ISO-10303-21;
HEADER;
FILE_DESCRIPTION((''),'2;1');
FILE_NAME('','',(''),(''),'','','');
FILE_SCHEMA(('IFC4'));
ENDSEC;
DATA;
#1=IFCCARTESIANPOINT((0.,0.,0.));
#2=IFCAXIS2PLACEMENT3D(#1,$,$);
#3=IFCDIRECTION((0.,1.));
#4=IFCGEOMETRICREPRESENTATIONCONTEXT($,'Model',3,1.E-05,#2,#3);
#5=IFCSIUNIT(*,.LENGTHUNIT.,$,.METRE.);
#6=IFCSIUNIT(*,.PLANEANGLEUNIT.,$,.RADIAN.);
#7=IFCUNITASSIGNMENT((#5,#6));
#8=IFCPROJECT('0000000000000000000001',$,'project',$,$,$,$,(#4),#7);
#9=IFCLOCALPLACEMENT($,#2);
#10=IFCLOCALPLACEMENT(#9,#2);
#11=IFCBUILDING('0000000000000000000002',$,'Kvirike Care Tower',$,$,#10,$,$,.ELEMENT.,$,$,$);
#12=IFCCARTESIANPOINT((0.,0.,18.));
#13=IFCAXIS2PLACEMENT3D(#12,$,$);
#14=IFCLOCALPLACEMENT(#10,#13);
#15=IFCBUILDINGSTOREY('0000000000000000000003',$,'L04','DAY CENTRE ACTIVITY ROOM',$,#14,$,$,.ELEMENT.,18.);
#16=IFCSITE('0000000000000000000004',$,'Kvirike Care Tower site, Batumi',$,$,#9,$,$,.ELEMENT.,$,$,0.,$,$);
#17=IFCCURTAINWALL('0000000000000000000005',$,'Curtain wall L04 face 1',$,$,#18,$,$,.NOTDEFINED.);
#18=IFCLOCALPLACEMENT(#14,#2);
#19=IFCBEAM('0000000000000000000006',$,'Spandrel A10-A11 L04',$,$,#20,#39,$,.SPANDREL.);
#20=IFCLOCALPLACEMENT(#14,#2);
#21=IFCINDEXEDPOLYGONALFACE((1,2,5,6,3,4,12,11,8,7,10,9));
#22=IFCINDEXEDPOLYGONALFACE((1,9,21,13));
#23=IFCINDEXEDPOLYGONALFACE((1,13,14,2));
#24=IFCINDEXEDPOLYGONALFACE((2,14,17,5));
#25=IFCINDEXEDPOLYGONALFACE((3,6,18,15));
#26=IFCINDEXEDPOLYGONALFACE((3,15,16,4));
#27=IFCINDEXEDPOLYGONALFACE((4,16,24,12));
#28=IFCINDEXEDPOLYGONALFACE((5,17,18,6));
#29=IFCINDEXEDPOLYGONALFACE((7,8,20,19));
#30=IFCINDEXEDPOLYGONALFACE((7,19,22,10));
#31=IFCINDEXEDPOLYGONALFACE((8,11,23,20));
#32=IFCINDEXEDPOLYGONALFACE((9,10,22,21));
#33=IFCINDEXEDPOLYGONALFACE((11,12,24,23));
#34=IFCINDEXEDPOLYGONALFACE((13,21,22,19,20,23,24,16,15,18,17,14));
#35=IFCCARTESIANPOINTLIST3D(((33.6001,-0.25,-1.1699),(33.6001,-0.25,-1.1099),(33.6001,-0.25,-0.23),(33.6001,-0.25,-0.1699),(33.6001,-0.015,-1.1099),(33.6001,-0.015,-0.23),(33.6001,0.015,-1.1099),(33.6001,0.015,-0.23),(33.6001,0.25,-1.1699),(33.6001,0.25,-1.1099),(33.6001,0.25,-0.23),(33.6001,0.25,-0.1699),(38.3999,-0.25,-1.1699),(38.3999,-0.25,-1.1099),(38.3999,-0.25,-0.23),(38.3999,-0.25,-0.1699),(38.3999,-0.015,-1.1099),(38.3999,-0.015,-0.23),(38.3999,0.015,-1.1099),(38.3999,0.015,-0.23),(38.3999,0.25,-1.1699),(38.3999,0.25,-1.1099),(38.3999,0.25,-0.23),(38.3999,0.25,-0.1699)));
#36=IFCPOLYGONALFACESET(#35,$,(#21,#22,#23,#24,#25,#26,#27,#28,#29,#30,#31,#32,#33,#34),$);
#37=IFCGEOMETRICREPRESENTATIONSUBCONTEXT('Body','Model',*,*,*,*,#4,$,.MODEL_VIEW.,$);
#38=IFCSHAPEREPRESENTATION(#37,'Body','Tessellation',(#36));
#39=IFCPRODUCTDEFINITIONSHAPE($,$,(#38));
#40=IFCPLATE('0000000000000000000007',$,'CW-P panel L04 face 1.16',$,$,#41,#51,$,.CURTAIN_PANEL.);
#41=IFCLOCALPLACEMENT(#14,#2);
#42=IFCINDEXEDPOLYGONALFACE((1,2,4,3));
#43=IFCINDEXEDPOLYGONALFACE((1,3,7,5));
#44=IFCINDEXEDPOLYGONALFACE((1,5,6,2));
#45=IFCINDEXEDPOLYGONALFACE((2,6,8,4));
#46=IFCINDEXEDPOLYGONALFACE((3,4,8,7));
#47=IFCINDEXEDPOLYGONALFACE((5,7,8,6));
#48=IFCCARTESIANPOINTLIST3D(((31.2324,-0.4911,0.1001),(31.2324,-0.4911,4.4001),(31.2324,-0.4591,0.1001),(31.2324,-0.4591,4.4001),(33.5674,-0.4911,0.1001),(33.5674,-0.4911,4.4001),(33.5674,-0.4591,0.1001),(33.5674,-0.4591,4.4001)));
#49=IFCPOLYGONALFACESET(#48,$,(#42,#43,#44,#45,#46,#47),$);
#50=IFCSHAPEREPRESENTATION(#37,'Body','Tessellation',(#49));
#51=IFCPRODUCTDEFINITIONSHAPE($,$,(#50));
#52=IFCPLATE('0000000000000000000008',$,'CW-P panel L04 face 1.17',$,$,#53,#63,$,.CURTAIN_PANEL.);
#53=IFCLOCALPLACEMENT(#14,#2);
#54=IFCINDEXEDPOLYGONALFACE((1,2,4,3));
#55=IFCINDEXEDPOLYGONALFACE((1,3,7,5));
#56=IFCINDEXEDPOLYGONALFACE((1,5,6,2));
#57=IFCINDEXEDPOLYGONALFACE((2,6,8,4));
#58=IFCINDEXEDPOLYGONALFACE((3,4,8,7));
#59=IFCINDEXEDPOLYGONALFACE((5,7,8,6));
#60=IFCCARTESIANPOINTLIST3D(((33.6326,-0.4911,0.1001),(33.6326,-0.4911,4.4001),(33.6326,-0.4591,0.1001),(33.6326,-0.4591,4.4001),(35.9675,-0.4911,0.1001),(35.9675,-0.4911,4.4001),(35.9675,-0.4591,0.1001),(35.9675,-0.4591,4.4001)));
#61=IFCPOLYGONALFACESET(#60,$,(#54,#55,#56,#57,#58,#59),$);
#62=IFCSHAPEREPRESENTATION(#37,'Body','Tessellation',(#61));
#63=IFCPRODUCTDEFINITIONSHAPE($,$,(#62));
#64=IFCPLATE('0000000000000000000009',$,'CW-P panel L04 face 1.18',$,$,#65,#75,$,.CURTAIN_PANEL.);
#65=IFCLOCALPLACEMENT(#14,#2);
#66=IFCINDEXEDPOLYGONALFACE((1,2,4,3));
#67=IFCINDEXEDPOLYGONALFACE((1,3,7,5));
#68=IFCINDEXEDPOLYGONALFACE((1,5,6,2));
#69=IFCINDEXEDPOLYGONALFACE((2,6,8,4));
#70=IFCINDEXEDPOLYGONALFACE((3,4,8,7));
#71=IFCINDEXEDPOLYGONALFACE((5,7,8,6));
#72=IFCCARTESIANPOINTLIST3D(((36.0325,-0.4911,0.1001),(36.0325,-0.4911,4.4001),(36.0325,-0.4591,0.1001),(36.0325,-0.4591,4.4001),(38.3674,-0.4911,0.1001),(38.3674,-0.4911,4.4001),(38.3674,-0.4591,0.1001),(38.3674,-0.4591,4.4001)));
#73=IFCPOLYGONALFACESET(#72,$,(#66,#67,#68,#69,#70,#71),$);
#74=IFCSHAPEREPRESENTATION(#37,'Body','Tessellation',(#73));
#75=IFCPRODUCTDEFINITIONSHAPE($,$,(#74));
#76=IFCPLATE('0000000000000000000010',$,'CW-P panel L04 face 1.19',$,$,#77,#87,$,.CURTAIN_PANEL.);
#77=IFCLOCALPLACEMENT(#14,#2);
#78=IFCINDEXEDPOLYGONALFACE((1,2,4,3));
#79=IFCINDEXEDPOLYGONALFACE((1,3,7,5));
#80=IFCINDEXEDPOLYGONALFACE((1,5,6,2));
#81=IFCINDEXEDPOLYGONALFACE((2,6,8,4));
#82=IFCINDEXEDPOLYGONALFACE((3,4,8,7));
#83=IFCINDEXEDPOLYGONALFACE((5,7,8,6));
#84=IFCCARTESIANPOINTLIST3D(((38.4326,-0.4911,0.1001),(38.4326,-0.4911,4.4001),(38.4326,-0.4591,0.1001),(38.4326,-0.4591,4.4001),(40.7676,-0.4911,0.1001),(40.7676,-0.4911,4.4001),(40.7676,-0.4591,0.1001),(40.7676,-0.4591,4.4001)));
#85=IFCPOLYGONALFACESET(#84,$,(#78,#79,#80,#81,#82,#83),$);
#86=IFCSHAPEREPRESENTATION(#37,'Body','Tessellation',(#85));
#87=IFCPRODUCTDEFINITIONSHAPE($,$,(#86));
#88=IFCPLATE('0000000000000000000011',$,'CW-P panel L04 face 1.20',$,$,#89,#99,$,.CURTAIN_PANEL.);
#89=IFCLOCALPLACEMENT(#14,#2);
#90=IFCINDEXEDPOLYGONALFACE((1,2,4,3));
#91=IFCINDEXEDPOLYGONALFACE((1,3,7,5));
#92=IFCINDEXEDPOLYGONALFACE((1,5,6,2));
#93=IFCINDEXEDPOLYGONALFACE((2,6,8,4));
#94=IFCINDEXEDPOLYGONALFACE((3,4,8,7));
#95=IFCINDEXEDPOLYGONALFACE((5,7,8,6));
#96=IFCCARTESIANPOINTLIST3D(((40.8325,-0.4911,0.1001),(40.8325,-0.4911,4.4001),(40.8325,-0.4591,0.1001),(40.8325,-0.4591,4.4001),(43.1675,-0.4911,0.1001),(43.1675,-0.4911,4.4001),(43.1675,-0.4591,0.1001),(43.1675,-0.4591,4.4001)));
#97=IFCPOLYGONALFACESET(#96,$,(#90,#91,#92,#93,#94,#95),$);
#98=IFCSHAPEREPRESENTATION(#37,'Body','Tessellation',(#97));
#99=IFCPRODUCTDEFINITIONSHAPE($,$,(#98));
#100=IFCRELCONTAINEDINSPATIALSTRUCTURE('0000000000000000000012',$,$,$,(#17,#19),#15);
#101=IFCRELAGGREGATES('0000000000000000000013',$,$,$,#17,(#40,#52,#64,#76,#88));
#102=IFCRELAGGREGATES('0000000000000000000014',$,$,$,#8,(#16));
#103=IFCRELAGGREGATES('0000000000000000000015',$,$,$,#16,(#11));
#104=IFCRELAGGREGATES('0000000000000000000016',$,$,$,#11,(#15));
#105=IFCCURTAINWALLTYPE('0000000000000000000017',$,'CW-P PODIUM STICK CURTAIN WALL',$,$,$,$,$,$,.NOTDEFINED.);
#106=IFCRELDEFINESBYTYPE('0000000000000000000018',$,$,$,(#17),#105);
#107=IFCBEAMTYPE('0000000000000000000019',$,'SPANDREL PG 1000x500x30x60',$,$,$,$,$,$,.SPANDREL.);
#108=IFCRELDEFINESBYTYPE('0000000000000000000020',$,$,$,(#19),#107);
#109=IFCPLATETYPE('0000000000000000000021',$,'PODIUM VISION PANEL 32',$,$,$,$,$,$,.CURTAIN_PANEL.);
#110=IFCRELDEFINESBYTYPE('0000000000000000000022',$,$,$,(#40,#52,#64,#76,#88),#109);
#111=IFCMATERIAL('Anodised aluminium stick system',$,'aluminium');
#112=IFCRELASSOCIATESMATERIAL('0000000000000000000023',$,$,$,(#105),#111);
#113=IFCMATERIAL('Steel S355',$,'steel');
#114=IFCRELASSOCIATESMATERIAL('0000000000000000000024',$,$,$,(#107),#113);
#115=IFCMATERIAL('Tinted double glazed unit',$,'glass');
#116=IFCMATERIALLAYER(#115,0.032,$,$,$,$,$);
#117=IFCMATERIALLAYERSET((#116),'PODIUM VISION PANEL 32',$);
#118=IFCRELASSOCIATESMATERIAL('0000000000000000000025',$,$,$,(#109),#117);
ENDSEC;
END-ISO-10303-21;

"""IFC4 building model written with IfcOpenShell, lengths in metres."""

from ifc_helpers import new_model, si_unit, direction, frame, origin, origin_2d, place, context, subcontext, project, spatial, rectangle, i_section, extrude, material, layer, layer_set, material_profile, profile_set, type_object, element, aggregate, save


model = new_model("IFC4")

# Units and contexts
model_context = context("Model", 3, precision=1e-05, world=origin(), true_north=direction((0.0, 1.0)))
body_context = subcontext(model_context, "Body", "Model", "MODEL_VIEW")
ifc_project = project(units=[si_unit("LENGTHUNIT", "METRE"), si_unit("PLANEANGLEUNIT", "RADIAN")], contexts=[model_context])

# Site, building, storey
site_placement = place(None, origin())
site = spatial("IfcSite", under=ifc_project, at=site_placement, Name="Kvirike Care Tower site, Batumi", CompositionType="ELEMENT", RefElevation=0.0)
building_placement = place(site_placement, origin())
building = spatial("IfcBuilding", under=site, at=building_placement, Name="Kvirike Care Tower", CompositionType="ELEMENT")
storey_placement = place(building_placement, frame((0.0, 0.0, 18.0)))
storey = spatial("IfcBuildingStorey", under=building, at=storey_placement, Name="L04", Description="DAY CENTRE ACTIVITY ROOM", CompositionType="ELEMENT", Elevation=18.0)

# Curtain wall
ifc_material_1 = material(Name="Anodised aluminium stick system", Category="aluminium")
curtain_wall_type = type_object("IfcCurtainWallType", Name="CW-P PODIUM STICK CURTAIN WALL", PredefinedType="NOTDEFINED", material=ifc_material_1)
curtain_wall_placement = place(storey_placement, origin())
curtain_wall = element("IfcCurtainWall", 1, at=curtain_wall_placement, inside=storey, type_object=curtain_wall_type, Name="Curtain wall L04 face 1", PredefinedType="NOTDEFINED")

# Beam
ifc_material_2 = material(Name="Steel S355", Category="steel")
ifc_material_profile_1 = material_profile(ifc_material_2, i_section(OverallWidth=0.5, OverallDepth=1.0, WebThickness=0.03, FlangeThickness=0.0601, at=origin_2d()), Name="PG 1000x500x30x60")
ifc_profile_set_1 = profile_set([ifc_material_profile_1], Name="Steel S355")
beam_type_1 = type_object("IfcBeamType", Name="SPANDREL PG 1000x500x30x60", PredefinedType="SPANDREL", material=ifc_profile_set_1)
beam_1_placement = place(storey_placement, frame((33.6001, 0.0, -0.6699), z_axis=(1.0, 0.0, 0.0), x_axis=(0.0, 1.0, 0.0)))
element("IfcBeam", 2, at=beam_1_placement, inside=storey, type_object=beam_type_1, Name="Spandrel A10-A11 L04", PredefinedType="SPANDREL", context=body_context, shape_type="SweptSolid", body=[
    extrude(i_section(OverallWidth=0.5, OverallDepth=1.0, WebThickness=0.03, FlangeThickness=0.0601, at=origin_2d()), origin(), (0.0, 0.0, 1.0), 4.7998),
])

# Plates
ifc_material_3 = material(Name="Tinted double glazed unit", Category="glass")
ifc_layer = layer(ifc_material_3, 0.032)
ifc_layer_set = layer_set([ifc_layer], Name="PODIUM VISION PANEL 32")
plate_type = type_object("IfcPlateType", Name="PODIUM VISION PANEL 32", PredefinedType="CURTAIN_PANEL", material=ifc_layer_set)
plate_1_placement = place(storey_placement, frame((32.3999, -0.4751, 0.1001), z_axis=(0.0, 0.0, 1.0), x_axis=(1.0, 0.0, 0.0)))
plate_1 = element("IfcPlate", 3, at=plate_1_placement, type_object=plate_type, Name="CW-P panel L04 face 1.16", PredefinedType="CURTAIN_PANEL", context=body_context, shape_type="SweptSolid", body=[
    extrude(rectangle(XDim=2.335, YDim=0.032, at=origin_2d()), origin(), (0.0, 0.0, 1.0), 4.3),
])
plate_2_placement = place(storey_placement, frame((34.8, -0.4751, 0.1001), z_axis=(0.0, 0.0, 1.0), x_axis=(1.0, 0.0, 0.0)))
plate_2 = element("IfcPlate", 4, at=plate_2_placement, type_object=plate_type, Name="CW-P panel L04 face 1.17", PredefinedType="CURTAIN_PANEL", context=body_context, shape_type="SweptSolid", body=[
    extrude(rectangle(XDim=2.335, YDim=0.032, at=origin_2d()), origin(), (0.0, 0.0, 1.0), 4.3),
])
plate_3_placement = place(storey_placement, frame((37.2, -0.4751, 0.1001), z_axis=(0.0, 0.0, 1.0), x_axis=(1.0, 0.0, 0.0)))
plate_3 = element("IfcPlate", 5, at=plate_3_placement, type_object=plate_type, Name="CW-P panel L04 face 1.18", PredefinedType="CURTAIN_PANEL", context=body_context, shape_type="SweptSolid", body=[
    extrude(rectangle(XDim=2.335, YDim=0.032, at=origin_2d()), origin(), (0.0, 0.0, 1.0), 4.3),
])
plate_4_placement = place(storey_placement, frame((39.6001, -0.4751, 0.1001), z_axis=(0.0, 0.0, 1.0), x_axis=(1.0, 0.0, 0.0)))
plate_4 = element("IfcPlate", 6, at=plate_4_placement, type_object=plate_type, Name="CW-P panel L04 face 1.19", PredefinedType="CURTAIN_PANEL", context=body_context, shape_type="SweptSolid", body=[
    extrude(rectangle(XDim=2.335, YDim=0.032, at=origin_2d()), origin(), (0.0, 0.0, 1.0), 4.3),
])
plate_5_placement = place(storey_placement, frame((42.0, -0.4751, 0.1001), z_axis=(0.0, 0.0, 1.0), x_axis=(1.0, 0.0, 0.0)))
plate_5 = element("IfcPlate", 7, at=plate_5_placement, type_object=plate_type, Name="CW-P panel L04 face 1.20", PredefinedType="CURTAIN_PANEL", context=body_context, shape_type="SweptSolid", body=[
    extrude(rectangle(XDim=2.335, YDim=0.032, at=origin_2d()), origin(), (0.0, 0.0, 1.0), 4.3),
])
aggregate(curtain_wall, [plate_1, plate_2, plate_3, plate_4, plate_5])

save(model, "model.ifc")
